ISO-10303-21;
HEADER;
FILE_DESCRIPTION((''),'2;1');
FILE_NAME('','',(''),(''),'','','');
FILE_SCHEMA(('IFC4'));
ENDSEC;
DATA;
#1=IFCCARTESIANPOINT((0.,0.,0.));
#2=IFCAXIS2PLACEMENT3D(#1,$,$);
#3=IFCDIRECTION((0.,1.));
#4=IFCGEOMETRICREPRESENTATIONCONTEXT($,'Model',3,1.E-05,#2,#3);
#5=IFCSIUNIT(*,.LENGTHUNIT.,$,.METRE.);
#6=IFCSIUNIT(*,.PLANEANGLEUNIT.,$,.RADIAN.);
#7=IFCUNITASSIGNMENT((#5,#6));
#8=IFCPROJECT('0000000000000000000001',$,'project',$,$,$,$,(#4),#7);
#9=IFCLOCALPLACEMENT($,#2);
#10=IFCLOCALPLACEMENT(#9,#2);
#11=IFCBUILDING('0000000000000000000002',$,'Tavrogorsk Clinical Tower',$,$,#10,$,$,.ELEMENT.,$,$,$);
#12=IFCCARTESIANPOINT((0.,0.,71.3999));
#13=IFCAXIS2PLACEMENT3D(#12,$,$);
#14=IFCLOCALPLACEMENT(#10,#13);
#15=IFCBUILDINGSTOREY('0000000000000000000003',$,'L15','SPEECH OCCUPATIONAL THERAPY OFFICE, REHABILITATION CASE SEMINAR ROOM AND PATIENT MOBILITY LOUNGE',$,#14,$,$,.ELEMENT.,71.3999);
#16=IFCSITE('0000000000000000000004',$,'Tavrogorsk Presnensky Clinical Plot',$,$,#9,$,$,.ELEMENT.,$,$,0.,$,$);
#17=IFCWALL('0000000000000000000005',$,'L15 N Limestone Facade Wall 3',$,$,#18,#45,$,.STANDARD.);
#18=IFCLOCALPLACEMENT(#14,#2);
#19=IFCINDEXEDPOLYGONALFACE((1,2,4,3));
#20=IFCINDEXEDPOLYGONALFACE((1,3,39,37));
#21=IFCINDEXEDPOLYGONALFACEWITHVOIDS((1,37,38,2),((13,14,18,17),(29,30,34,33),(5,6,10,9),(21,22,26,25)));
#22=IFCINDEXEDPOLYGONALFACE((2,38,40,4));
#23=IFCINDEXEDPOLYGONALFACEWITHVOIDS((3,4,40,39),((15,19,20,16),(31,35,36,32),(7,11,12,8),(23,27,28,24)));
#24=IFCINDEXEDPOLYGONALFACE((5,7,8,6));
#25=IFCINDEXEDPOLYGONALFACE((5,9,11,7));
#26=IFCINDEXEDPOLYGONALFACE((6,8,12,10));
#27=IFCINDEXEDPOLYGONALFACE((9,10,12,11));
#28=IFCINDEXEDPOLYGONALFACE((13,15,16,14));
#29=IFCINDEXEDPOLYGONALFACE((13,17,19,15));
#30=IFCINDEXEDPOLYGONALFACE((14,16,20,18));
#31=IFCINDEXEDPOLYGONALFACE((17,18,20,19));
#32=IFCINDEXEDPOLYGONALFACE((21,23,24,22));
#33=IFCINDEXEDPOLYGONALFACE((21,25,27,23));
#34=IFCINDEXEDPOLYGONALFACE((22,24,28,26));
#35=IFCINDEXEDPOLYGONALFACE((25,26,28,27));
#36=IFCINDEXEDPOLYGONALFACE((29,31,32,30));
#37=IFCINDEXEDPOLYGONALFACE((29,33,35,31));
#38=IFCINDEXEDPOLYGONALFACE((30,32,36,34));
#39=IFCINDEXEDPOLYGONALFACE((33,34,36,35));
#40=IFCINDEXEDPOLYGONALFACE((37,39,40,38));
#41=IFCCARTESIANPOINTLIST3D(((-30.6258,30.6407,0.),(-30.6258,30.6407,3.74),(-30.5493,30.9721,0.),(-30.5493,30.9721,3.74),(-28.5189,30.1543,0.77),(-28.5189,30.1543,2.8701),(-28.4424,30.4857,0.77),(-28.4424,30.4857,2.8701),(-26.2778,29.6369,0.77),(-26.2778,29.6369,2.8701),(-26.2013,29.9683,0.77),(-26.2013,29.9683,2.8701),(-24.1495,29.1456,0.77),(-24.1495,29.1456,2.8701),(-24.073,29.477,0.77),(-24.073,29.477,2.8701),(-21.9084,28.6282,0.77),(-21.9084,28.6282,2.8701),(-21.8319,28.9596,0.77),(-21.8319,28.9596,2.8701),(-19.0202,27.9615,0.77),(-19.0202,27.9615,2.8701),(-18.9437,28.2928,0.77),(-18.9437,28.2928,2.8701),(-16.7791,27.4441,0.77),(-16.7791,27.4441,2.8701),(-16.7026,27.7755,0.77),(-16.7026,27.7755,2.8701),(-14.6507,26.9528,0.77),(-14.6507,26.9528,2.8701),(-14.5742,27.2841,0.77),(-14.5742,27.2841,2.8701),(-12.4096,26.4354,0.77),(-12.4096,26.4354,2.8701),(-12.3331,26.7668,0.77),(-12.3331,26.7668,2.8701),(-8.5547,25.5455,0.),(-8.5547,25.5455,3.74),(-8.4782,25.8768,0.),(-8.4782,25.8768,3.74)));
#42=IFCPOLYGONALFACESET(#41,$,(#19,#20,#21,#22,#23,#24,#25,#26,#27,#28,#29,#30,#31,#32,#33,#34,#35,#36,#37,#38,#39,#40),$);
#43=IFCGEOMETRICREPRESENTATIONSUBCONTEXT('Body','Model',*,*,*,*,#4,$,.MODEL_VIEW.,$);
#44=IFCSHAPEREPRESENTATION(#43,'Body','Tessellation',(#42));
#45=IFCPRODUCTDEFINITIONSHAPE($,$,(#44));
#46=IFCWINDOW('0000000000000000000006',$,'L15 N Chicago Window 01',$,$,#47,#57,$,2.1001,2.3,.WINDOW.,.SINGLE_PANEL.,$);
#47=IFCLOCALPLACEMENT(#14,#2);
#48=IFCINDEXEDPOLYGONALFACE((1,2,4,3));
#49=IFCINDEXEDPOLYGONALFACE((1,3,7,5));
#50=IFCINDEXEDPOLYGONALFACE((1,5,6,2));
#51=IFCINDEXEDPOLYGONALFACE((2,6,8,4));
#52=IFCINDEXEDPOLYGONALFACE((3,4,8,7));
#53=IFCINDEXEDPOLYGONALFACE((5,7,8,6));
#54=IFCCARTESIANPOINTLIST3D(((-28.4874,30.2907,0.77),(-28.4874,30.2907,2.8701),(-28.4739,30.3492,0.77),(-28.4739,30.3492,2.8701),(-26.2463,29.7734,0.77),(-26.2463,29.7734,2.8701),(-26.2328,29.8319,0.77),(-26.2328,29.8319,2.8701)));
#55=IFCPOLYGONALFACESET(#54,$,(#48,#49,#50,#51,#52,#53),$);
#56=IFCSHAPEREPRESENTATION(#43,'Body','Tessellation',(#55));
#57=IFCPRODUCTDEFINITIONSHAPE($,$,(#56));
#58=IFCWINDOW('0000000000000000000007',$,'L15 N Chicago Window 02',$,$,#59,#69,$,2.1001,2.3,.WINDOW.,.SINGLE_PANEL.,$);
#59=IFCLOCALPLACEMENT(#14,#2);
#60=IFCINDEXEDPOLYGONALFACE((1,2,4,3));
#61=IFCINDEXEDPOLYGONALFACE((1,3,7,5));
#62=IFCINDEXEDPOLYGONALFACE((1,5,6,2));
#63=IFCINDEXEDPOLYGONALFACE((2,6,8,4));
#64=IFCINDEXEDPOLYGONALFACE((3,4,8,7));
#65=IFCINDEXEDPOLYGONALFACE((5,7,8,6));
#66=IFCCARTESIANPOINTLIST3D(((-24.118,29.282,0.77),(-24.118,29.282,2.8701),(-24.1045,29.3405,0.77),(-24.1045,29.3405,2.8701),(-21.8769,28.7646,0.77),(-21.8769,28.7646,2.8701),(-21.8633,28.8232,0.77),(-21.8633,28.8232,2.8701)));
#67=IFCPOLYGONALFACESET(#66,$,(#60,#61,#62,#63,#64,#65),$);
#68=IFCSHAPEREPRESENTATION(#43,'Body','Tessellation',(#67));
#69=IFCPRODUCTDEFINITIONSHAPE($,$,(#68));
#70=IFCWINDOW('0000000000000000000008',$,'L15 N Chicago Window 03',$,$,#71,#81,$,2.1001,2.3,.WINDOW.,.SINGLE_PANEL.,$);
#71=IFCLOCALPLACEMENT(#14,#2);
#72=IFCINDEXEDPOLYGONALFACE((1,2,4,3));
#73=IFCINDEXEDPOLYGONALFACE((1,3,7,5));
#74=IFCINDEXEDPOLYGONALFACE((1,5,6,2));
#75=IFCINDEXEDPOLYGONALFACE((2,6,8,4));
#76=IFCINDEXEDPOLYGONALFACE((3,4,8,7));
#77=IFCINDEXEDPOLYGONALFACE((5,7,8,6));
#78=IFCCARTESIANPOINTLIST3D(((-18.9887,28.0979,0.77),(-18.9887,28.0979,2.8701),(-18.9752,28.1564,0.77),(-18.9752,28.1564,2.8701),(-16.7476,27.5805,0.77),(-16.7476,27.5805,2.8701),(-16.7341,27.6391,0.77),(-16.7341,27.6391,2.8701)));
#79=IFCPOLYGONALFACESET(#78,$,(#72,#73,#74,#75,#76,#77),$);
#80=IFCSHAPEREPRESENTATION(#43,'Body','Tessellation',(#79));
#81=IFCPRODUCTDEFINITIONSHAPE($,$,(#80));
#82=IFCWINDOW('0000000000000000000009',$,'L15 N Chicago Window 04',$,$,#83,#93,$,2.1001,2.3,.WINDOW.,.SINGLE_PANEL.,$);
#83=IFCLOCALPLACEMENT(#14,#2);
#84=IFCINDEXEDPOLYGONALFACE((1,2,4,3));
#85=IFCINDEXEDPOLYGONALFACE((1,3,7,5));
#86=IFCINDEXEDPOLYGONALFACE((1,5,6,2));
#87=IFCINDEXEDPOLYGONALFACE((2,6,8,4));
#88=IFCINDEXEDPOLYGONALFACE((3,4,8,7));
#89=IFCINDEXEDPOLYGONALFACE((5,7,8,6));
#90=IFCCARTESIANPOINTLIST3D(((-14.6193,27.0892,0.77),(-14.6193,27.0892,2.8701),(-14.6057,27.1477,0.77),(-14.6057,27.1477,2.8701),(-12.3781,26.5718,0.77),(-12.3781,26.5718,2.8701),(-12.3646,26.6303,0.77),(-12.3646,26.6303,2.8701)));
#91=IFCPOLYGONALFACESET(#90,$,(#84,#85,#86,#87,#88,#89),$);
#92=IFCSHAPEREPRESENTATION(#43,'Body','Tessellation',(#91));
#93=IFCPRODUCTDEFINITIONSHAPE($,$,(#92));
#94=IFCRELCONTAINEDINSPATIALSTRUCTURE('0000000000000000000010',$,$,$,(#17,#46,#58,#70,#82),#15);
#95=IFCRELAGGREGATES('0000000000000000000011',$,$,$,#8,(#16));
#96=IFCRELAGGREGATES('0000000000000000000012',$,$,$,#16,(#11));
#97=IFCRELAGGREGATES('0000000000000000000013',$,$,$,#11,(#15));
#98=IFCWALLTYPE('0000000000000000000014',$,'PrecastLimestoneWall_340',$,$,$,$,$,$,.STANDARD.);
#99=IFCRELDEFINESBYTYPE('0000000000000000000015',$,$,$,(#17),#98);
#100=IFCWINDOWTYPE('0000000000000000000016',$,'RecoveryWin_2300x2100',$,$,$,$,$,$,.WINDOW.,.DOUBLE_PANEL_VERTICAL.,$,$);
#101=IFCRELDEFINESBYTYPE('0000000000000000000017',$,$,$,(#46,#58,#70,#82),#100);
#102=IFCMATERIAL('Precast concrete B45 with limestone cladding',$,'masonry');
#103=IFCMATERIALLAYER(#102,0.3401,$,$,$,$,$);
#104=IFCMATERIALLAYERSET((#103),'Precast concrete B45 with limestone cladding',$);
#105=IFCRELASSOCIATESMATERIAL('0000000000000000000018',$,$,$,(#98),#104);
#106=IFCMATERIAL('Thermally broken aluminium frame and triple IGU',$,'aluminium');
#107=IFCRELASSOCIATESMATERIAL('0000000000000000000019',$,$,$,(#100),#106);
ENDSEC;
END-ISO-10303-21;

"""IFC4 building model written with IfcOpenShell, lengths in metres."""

from ifc_helpers import new_model, si_unit, direction, frame, frame_2d, origin, place, context, subcontext, project, spatial, rectangle, extrude, material, layer, layer_set, type_object, element, fill, save


model = new_model("IFC4")

# Units and contexts
model_context = context("Model", 3, precision=1e-05, world=origin(), true_north=direction((0.0, 1.0)))
body_context = subcontext(model_context, "Body", "Model", "MODEL_VIEW")
ifc_project = project(units=[si_unit("LENGTHUNIT", "METRE"), si_unit("PLANEANGLEUNIT", "RADIAN")], contexts=[model_context])

# Site, building, storey
site_placement = place(None, origin())
site = spatial("IfcSite", under=ifc_project, at=site_placement, Name="Tavrogorsk Presnensky Clinical Plot", CompositionType="ELEMENT", RefElevation=0.0)
building_placement = place(site_placement, origin())
building = spatial("IfcBuilding", under=site, at=building_placement, Name="Tavrogorsk Clinical Tower", CompositionType="ELEMENT")
storey_placement = place(building_placement, frame((0.0, 0.0, 71.3999)))
storey = spatial("IfcBuildingStorey", under=building, at=storey_placement, Name="L15", Description="SPEECH OCCUPATIONAL THERAPY OFFICE, REHABILITATION CASE SEMINAR ROOM AND PATIENT MOBILITY LOUNGE", CompositionType="ELEMENT", Elevation=71.3999)

# Wall, openings, windows
ifc_material_1 = material(Name="Precast concrete B45 with limestone cladding", Category="masonry")
ifc_layer_1 = layer(ifc_material_1, 0.3401)
ifc_layer_set_1 = layer_set([ifc_layer_1], Name="Precast concrete B45 with limestone cladding")
wall_type_1 = type_object("IfcWallType", Name="PrecastLimestoneWall_340", PredefinedType="STANDARD", material=ifc_layer_set_1)
wall_1_placement = place(storey_placement, frame((-8.5166, 25.7112, 0.0), z_axis=(0.0, 0.0, 1.0), x_axis=(-0.974373, 0.224939, 0.0)))
wall_1 = element("IfcWall", 1, at=wall_1_placement, inside=storey, type_object=wall_type_1, Name="L15 N Limestone Facade Wall 3", PredefinedType="STANDARD", context=body_context, shape_type="SweptSolid", body=[
    extrude(rectangle(XDim=22.6516, YDim=0.3401, at=frame_2d((11.3257, 0.0))), origin(), (0.0, 0.0, 1.0), 3.74),
])
opening_1_placement = place(wall_1_placement, frame((18.1892, 0.0, 0.77)))
opening_1 = element("IfcOpeningElement", 2, at=opening_1_placement, cuts=wall_1, PredefinedType="OPENING", context=body_context, shape_type="SweptSolid", body=[
    extrude(rectangle(XDim=2.3, YDim=2.1001, at=frame_2d((1.1499, 1.05))), frame((0.0, 0.1799, 0.0), z_axis=(0.0, -1.0, 0.0), x_axis=(1.0, 0.0, 0.0)), (0.0, 0.0, 1.0), 0.3601),
])
opening_2_placement = place(wall_1_placement, frame((13.7048, 0.0, 0.77)))
opening_2 = element("IfcOpeningElement", 3, at=opening_2_placement, cuts=wall_1, PredefinedType="OPENING", context=body_context, shape_type="SweptSolid", body=[
    extrude(rectangle(XDim=2.3, YDim=2.1001, at=frame_2d((1.1499, 1.05))), frame((0.0, 0.1799, 0.0), z_axis=(0.0, -1.0, 0.0), x_axis=(1.0, 0.0, 0.0)), (0.0, 0.0, 1.0), 0.3601),
])
opening_3_placement = place(wall_1_placement, frame((8.4407, 0.0, 0.77)))
opening_3 = element("IfcOpeningElement", 4, at=opening_3_placement, cuts=wall_1, PredefinedType="OPENING", context=body_context, shape_type="SweptSolid", body=[
    extrude(rectangle(XDim=2.3, YDim=2.1001, at=frame_2d((1.1499, 1.05))), frame((0.0, 0.1799, 0.0), z_axis=(0.0, -1.0, 0.0), x_axis=(1.0, 0.0, 0.0)), (0.0, 0.0, 1.0), 0.3601),
])
opening_4_placement = place(wall_1_placement, frame((3.9563, 0.0, 0.77)))
opening_4 = element("IfcOpeningElement", 5, at=opening_4_placement, cuts=wall_1, PredefinedType="OPENING", context=body_context, shape_type="SweptSolid", body=[
    extrude(rectangle(XDim=2.3, YDim=2.1001, at=frame_2d((1.1499, 1.05))), frame((0.0, 0.1799, 0.0), z_axis=(0.0, -1.0, 0.0), x_axis=(1.0, 0.0, 0.0)), (0.0, 0.0, 1.0), 0.3601),
])
ifc_material_2 = material(Name="Thermally broken aluminium frame and triple IGU", Category="aluminium")
window_type = type_object("IfcWindowType", Name="RecoveryWin_2300x2100", PartitioningType="DOUBLE_PANEL_VERTICAL", PredefinedType="WINDOW", material=ifc_material_2)
window_1_placement = place(opening_1_placement, origin())
window_1 = element("IfcWindow", 6, at=window_1_placement, inside=storey, type_object=window_type, Name="L15 N Chicago Window 01", OverallHeight=2.1001, OverallWidth=2.3, PartitioningType="SINGLE_PANEL", PredefinedType="WINDOW", context=body_context, shape_type="SweptSolid", body=[
    extrude(rectangle(XDim=2.3, YDim=2.1001, at=frame_2d((1.1499, 1.05))), frame((0.0, 0.03, 0.0), z_axis=(0.0, -1.0, 0.0), x_axis=(1.0, 0.0, 0.0)), (0.0, 0.0, 1.0), 0.0601),
])
fill(opening_1, window_1)
window_2_placement = place(opening_2_placement, origin())
window_2 = element("IfcWindow", 7, at=window_2_placement, inside=storey, type_object=window_type, Name="L15 N Chicago Window 02", OverallHeight=2.1001, OverallWidth=2.3, PartitioningType="SINGLE_PANEL", PredefinedType="WINDOW", context=body_context, shape_type="SweptSolid", body=[
    extrude(rectangle(XDim=2.3, YDim=2.1001, at=frame_2d((1.1499, 1.05))), frame((0.0, 0.03, 0.0), z_axis=(0.0, -1.0, 0.0), x_axis=(1.0, 0.0, 0.0)), (0.0, 0.0, 1.0), 0.0601),
])
fill(opening_2, window_2)
window_3_placement = place(opening_3_placement, origin())
window_3 = element("IfcWindow", 8, at=window_3_placement, inside=storey, type_object=window_type, Name="L15 N Chicago Window 03", OverallHeight=2.1001, OverallWidth=2.3, PartitioningType="SINGLE_PANEL", PredefinedType="WINDOW", context=body_context, shape_type="SweptSolid", body=[
    extrude(rectangle(XDim=2.3, YDim=2.1001, at=frame_2d((1.1499, 1.05))), frame((0.0, 0.03, 0.0), z_axis=(0.0, -1.0, 0.0), x_axis=(1.0, 0.0, 0.0)), (0.0, 0.0, 1.0), 0.0601),
])
fill(opening_3, window_3)
window_4_placement = place(opening_4_placement, origin())
window_4 = element("IfcWindow", 9, at=window_4_placement, inside=storey, type_object=window_type, Name="L15 N Chicago Window 04", OverallHeight=2.1001, OverallWidth=2.3, PartitioningType="SINGLE_PANEL", PredefinedType="WINDOW", context=body_context, shape_type="SweptSolid", body=[
    extrude(rectangle(XDim=2.3, YDim=2.1001, at=frame_2d((1.1499, 1.05))), frame((0.0, 0.03, 0.0), z_axis=(0.0, -1.0, 0.0), x_axis=(1.0, 0.0, 0.0)), (0.0, 0.0, 1.0), 0.0601),
])
fill(opening_4, window_4)

save(model, "model.ifc")
